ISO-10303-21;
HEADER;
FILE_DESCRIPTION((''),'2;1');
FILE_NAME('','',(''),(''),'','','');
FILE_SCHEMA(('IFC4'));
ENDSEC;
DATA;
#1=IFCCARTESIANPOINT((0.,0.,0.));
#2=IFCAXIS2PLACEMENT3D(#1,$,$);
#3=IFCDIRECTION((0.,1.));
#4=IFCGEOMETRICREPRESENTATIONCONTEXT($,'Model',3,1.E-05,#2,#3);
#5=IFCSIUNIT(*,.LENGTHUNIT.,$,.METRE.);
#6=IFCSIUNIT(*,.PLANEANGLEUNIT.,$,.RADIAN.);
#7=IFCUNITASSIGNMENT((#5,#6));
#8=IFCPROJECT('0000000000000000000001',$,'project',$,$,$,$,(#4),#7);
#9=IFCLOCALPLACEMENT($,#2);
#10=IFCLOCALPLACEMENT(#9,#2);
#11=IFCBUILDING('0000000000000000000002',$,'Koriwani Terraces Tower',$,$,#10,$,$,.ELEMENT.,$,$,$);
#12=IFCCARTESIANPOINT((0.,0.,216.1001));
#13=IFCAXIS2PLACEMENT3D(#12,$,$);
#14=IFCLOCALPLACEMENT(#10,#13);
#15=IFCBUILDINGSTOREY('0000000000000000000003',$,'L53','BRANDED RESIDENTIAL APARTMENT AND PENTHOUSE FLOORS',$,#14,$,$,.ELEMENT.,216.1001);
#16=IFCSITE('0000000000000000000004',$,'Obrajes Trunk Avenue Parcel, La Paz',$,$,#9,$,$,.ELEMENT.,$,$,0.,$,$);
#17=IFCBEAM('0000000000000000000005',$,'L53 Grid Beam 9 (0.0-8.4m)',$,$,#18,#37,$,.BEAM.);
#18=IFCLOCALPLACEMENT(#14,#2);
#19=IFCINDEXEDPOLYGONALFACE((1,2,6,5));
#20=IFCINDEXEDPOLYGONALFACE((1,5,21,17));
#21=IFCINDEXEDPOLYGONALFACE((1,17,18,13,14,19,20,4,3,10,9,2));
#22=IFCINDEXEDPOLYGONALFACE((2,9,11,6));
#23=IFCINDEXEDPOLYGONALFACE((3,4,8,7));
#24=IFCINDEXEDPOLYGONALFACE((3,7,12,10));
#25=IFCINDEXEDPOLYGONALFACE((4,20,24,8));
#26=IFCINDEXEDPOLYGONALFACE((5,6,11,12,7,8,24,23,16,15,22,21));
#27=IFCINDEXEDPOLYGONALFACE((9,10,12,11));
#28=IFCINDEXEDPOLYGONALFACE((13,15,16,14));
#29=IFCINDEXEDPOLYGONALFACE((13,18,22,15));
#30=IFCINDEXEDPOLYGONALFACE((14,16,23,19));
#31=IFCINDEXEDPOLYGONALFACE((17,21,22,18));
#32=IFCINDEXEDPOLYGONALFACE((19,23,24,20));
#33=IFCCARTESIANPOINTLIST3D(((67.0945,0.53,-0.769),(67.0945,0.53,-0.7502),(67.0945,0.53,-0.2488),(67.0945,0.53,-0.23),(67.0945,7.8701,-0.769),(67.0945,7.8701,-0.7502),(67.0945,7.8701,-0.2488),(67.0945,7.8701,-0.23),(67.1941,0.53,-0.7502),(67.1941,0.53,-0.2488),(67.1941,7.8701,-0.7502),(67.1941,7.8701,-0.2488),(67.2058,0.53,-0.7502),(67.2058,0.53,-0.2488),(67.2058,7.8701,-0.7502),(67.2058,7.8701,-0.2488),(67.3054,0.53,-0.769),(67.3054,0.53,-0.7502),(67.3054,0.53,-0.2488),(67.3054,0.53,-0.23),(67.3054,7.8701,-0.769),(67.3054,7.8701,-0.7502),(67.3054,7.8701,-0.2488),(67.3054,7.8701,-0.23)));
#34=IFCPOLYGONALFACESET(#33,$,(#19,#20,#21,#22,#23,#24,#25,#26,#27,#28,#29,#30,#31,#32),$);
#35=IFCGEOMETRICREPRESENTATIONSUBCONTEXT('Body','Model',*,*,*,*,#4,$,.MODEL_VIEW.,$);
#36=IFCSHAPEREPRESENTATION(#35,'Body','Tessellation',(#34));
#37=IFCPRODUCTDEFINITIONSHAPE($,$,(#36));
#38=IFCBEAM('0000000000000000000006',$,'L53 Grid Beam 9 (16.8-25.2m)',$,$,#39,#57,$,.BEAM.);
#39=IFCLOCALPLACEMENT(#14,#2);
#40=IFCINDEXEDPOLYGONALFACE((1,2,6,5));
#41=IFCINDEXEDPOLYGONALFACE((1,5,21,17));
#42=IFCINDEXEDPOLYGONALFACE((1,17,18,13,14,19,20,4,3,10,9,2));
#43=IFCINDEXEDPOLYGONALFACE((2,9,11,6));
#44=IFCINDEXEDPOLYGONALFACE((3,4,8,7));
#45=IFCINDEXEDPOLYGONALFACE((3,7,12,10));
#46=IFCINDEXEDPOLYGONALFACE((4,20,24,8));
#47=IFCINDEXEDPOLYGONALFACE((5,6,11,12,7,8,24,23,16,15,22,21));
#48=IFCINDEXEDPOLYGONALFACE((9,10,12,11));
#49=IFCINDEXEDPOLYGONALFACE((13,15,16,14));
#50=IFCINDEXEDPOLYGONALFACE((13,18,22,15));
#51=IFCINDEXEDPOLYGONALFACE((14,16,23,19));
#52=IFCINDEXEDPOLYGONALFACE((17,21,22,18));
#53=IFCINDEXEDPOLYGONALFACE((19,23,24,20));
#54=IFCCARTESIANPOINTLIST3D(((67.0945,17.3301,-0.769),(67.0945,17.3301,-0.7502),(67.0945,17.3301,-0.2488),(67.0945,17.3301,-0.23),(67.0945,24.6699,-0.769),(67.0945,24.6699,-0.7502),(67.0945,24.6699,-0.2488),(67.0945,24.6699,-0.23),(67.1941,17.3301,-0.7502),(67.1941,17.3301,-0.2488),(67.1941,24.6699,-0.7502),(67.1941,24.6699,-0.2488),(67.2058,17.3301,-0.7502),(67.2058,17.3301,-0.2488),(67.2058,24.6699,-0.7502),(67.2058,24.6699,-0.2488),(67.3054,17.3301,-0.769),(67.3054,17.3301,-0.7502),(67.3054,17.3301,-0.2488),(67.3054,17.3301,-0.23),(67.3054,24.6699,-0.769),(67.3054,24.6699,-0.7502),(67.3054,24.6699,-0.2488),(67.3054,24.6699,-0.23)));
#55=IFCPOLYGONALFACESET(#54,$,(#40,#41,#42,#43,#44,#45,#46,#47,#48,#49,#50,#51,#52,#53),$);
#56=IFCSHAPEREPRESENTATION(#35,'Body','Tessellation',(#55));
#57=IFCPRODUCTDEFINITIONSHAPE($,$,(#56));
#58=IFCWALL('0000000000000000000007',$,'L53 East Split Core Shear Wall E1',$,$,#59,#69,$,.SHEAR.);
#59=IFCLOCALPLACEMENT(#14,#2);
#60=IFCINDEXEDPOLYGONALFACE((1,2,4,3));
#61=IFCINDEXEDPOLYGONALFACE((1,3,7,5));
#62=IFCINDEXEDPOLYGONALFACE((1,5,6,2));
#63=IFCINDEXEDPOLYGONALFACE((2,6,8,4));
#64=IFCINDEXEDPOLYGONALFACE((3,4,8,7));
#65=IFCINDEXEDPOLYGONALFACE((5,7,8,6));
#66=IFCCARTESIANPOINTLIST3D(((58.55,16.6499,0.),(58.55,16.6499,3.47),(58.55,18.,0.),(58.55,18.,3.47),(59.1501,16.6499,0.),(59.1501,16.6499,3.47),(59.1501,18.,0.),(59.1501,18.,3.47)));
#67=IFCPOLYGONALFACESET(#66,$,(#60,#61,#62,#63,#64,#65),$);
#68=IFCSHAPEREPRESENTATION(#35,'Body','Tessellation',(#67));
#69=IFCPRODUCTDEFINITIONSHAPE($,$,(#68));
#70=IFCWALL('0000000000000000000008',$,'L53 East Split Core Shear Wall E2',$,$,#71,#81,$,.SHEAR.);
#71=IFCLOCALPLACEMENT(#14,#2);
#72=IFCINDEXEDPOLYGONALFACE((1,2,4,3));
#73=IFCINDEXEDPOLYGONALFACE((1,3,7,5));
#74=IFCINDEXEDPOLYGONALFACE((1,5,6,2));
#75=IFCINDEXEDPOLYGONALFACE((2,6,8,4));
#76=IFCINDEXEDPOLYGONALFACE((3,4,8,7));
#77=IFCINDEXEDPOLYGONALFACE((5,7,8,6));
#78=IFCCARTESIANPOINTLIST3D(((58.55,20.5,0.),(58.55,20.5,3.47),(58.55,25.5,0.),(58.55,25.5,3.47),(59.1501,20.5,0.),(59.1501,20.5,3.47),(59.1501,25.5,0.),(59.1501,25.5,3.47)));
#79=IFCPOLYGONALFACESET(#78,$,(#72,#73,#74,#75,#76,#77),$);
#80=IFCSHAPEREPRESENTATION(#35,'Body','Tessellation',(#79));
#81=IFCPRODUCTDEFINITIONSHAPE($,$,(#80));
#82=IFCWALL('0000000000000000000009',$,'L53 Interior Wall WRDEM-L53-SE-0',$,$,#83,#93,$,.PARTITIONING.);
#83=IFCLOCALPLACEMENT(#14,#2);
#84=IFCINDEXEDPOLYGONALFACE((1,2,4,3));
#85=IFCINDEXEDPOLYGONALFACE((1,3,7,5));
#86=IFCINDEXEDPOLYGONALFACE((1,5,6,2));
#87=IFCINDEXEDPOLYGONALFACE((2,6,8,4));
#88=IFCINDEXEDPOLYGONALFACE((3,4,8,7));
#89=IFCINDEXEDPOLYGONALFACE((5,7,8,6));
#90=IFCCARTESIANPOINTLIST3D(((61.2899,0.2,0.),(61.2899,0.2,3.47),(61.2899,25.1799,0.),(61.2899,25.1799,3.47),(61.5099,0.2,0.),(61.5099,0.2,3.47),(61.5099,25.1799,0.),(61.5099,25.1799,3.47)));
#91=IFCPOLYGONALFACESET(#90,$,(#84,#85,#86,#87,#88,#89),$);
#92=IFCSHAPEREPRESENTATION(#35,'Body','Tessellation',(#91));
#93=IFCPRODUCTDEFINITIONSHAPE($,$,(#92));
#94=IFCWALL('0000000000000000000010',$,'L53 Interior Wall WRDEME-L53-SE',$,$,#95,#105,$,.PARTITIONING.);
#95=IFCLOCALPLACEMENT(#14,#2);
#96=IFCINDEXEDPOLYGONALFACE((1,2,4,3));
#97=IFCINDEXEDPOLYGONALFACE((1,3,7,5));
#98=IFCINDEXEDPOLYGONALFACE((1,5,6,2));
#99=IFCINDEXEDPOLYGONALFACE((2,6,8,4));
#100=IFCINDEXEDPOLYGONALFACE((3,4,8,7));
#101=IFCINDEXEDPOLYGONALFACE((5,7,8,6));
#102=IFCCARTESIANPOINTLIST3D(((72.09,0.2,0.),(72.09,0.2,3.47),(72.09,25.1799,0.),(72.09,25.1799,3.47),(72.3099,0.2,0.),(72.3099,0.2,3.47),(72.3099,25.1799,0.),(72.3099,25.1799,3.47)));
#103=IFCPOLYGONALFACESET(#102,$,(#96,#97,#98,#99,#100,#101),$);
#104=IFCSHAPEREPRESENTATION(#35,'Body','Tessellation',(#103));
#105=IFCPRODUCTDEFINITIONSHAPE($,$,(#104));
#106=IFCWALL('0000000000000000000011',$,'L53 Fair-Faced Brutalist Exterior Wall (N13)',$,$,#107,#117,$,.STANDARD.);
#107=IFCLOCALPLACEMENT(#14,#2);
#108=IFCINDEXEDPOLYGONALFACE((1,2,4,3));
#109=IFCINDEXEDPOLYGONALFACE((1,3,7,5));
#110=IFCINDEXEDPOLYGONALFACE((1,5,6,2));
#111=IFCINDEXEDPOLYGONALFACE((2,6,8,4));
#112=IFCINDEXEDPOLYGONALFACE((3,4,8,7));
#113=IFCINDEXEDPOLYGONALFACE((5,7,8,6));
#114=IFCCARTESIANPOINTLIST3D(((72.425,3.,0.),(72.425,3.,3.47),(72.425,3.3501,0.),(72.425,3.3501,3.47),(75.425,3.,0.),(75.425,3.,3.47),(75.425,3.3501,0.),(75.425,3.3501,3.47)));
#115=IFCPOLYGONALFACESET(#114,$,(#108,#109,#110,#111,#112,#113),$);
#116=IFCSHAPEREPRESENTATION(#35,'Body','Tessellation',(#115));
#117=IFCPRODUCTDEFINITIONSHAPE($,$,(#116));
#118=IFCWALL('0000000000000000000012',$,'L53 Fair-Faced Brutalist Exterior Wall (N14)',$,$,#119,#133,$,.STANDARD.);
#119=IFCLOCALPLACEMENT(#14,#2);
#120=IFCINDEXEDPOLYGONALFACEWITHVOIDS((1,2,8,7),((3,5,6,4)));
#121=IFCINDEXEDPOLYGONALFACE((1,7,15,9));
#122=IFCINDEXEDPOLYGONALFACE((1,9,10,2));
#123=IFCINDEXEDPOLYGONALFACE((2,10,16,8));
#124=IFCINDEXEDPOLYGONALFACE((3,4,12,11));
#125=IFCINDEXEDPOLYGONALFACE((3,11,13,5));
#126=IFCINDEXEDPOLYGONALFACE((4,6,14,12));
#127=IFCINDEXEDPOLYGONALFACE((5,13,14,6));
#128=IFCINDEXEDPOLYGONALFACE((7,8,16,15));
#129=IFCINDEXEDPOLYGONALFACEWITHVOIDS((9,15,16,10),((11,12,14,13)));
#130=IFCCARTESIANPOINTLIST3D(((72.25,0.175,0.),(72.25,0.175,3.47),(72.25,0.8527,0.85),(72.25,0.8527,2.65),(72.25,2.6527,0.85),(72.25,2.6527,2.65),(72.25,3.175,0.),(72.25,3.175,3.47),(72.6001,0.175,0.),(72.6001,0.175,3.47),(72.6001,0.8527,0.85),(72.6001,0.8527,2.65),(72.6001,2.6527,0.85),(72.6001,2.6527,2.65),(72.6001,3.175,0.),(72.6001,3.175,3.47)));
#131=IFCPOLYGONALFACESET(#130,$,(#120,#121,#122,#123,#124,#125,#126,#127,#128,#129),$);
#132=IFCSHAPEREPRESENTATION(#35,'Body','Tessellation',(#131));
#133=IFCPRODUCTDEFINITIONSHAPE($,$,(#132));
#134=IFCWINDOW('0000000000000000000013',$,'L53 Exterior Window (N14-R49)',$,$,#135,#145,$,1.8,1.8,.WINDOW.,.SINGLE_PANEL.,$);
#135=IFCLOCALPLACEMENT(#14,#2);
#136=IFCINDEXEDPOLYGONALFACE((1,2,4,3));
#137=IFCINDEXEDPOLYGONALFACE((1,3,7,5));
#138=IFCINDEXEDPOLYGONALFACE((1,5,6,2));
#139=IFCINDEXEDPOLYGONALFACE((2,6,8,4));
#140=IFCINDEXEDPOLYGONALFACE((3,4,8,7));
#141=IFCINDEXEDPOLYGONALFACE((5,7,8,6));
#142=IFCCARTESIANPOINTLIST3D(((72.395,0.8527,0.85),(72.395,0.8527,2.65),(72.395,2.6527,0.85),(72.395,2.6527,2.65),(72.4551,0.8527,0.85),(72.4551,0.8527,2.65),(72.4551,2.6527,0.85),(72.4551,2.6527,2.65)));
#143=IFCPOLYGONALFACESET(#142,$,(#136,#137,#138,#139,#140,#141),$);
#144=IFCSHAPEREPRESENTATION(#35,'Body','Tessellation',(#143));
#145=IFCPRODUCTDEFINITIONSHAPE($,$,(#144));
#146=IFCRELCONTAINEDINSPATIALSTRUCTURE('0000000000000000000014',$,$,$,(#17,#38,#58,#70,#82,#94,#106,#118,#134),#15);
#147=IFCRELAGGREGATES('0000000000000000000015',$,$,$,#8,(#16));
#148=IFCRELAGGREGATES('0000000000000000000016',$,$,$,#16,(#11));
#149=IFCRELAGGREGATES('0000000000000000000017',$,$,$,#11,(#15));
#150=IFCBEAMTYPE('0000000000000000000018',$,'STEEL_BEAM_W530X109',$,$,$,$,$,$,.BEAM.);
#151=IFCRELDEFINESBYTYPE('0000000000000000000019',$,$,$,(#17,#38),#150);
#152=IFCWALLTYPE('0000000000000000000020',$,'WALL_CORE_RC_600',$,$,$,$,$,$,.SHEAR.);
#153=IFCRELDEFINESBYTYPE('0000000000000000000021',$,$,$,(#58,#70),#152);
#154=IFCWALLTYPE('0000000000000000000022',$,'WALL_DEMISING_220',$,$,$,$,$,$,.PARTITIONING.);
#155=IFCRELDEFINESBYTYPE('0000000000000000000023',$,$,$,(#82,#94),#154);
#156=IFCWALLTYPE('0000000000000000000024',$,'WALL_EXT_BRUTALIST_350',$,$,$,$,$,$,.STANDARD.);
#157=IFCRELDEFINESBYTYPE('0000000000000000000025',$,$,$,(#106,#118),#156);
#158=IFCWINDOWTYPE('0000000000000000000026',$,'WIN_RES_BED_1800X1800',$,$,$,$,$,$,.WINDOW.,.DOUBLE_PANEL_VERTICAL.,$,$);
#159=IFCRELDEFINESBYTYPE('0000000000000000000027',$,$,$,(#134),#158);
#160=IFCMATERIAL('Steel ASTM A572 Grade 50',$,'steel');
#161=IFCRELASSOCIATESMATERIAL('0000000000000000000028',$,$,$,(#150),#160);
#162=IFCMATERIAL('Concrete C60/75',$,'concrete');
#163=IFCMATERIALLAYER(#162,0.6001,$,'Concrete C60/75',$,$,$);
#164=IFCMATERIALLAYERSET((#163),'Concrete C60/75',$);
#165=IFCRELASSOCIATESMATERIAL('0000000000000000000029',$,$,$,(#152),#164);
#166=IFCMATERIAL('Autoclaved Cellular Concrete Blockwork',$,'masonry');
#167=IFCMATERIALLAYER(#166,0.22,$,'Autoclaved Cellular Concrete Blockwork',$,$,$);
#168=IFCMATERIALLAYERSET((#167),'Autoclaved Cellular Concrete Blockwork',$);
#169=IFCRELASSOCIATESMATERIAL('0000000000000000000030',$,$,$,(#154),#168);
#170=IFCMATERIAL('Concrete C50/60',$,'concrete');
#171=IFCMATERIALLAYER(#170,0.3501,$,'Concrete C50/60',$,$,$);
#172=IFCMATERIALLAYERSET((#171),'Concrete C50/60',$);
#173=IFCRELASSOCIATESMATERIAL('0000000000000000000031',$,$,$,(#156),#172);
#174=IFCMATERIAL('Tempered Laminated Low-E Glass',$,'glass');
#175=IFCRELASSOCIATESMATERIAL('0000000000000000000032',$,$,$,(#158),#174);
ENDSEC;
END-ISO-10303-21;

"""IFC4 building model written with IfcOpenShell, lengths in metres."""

from ifc_helpers import new_model, si_unit, direction, frame, frame_2d, origin, origin_2d, place, context, subcontext, project, spatial, rectangle, i_section, extrude, material, layer, layer_set, material_profile, profile_set, type_object, element, fill, save


model = new_model("IFC4")

# Units and contexts
model_context = context("Model", 3, precision=1e-05, world=origin(), true_north=direction((0.0, 1.0)))
body_context = subcontext(model_context, "Body", "Model", "MODEL_VIEW")
ifc_project = project(units=[si_unit("LENGTHUNIT", "METRE"), si_unit("PLANEANGLEUNIT", "RADIAN")], contexts=[model_context])

# Site, building, storey
site_placement = place(None, origin())
site = spatial("IfcSite", under=ifc_project, at=site_placement, Name="Obrajes Trunk Avenue Parcel, La Paz", CompositionType="ELEMENT", RefElevation=0.0)
building_placement = place(site_placement, origin())
building = spatial("IfcBuilding", under=site, at=building_placement, Name="Koriwani Terraces Tower", CompositionType="ELEMENT")
storey_placement = place(building_placement, frame((0.0, 0.0, 216.1001)))
storey = spatial("IfcBuildingStorey", under=building, at=storey_placement, Name="L53", Description="BRANDED RESIDENTIAL APARTMENT AND PENTHOUSE FLOORS", CompositionType="ELEMENT", Elevation=216.1001)

# Shared definitions
ifc_material_1 = material(Name="Concrete C50/60", Category="concrete")

# Beams
ifc_material_2 = material(Name="Concrete C60/75", Category="concrete")
ifc_material_3 = material(Name="Steel ASTM A572 Grade 50", Category="steel")
ifc_material_profile_1 = material_profile(ifc_material_3, i_section(OverallWidth=0.2109, OverallDepth=0.5391, WebThickness=0.0117, FlangeThickness=0.0188, at=origin_2d()), Name="Steel ASTM A572 Grade 50", Category="LoadBearing")
ifc_profile_set_1 = profile_set([ifc_material_profile_1], Name="Steel ASTM A572 Grade 50")
beam_type_1 = type_object("IfcBeamType", Name="STEEL_BEAM_W530X109", PredefinedType="BEAM", material=ifc_profile_set_1)
beam_1_placement = place(storey_placement, frame((67.2, 0.53, -0.4995), z_axis=(0.0, 1.0, 0.0), x_axis=(-1.0, 0.0, 0.0)))
element("IfcBeam", 1, at=beam_1_placement, inside=storey, type_object=beam_type_1, Name="L53 Grid Beam 9 (0.0-8.4m)", PredefinedType="BEAM", context=body_context, shape_type="SweptSolid", body=[
    extrude(i_section(OverallWidth=0.2109, OverallDepth=0.5391, WebThickness=0.0117, FlangeThickness=0.0188, at=origin_2d()), origin(), (0.0, 0.0, 1.0), 7.3401),
])
beam_2_placement = place(storey_placement, frame((67.2, 17.3301, -0.4995), z_axis=(0.0, 1.0, 0.0), x_axis=(-1.0, 0.0, 0.0)))
element("IfcBeam", 2, at=beam_2_placement, inside=storey, type_object=beam_type_1, Name="L53 Grid Beam 9 (16.8-25.2m)", PredefinedType="BEAM", context=body_context, shape_type="SweptSolid", body=[
    extrude(i_section(OverallWidth=0.2109, OverallDepth=0.5391, WebThickness=0.0117, FlangeThickness=0.0188, at=origin_2d()), origin(), (0.0, 0.0, 1.0), 7.3398),
])

# Walls
ifc_layer_1 = layer(ifc_material_2, 0.6001, Name="Concrete C60/75")
ifc_layer_set_1 = layer_set([ifc_layer_1], Name="Concrete C60/75")
wall_type_1 = type_object("IfcWallType", Name="WALL_CORE_RC_600", PredefinedType="SHEAR", material=ifc_layer_set_1)
wall_1_placement = place(storey_placement, frame((58.8501, 16.6499, 0.0), z_axis=(0.0, 0.0, 1.0), x_axis=(0.0, 1.0, 0.0)))
element("IfcWall", 3, at=wall_1_placement, inside=storey, type_object=wall_type_1, Name="L53 East Split Core Shear Wall E1", PredefinedType="SHEAR", context=body_context, shape_type="SweptSolid", body=[
    extrude(rectangle(XDim=1.3501, YDim=0.6001, at=frame_2d((0.675, 0.0))), origin(), (0.0, 0.0, 1.0), 3.47),
])
wall_2_placement = place(storey_placement, frame((58.8501, 20.5, 0.0), z_axis=(0.0, 0.0, 1.0), x_axis=(0.0, 1.0, 0.0)))
element("IfcWall", 4, at=wall_2_placement, inside=storey, type_object=wall_type_1, Name="L53 East Split Core Shear Wall E2", PredefinedType="SHEAR", context=body_context, shape_type="SweptSolid", body=[
    extrude(rectangle(XDim=5.0, YDim=0.6001, at=frame_2d((2.5, 0.0))), origin(), (0.0, 0.0, 1.0), 3.47),
])
ifc_material_4 = material(Name="Autoclaved Cellular Concrete Blockwork", Category="masonry")
ifc_layer_2 = layer(ifc_material_4, 0.22, Name="Autoclaved Cellular Concrete Blockwork")
ifc_layer_set_2 = layer_set([ifc_layer_2], Name="Autoclaved Cellular Concrete Blockwork")
wall_type_2 = type_object("IfcWallType", Name="WALL_DEMISING_220", PredefinedType="PARTITIONING", material=ifc_layer_set_2)
for number, where, z_axis, x_axis, name in (
    (5, (61.3999, 0.2, 0.0), (0.0, 0.0, 1.0), (0.0, 1.0, 0.0), "L53 Interior Wall WRDEM-L53-SE-0"),
    (6, (72.2, 0.2, 0.0), (0.0, 0.0, 1.0), (0.0, 1.0, 0.0), "L53 Interior Wall WRDEME-L53-SE"),
):
    element("IfcWall", number, at=place(storey_placement, frame(where, z_axis=z_axis, x_axis=x_axis)), inside=storey, type_object=wall_type_2, Name=name, PredefinedType="PARTITIONING", context=body_context, shape_type="SweptSolid", body=[
        extrude(rectangle(XDim=24.98, YDim=0.22, at=frame_2d((12.49, 0.0))), origin(), (0.0, 0.0, 1.0), 3.47),
    ])
ifc_layer_3 = layer(ifc_material_1, 0.3501, Name="Concrete C50/60")
ifc_layer_set_3 = layer_set([ifc_layer_3], Name="Concrete C50/60")
wall_type_3 = type_object("IfcWallType", Name="WALL_EXT_BRUTALIST_350", PredefinedType="STANDARD", material=ifc_layer_set_3)
wall_3_placement = place(storey_placement, frame((75.425, 3.175, 0.0), z_axis=(0.0, 0.0, 1.0), x_axis=(-1.0, 0.0, 0.0)))
element("IfcWall", 7, at=wall_3_placement, inside=storey, type_object=wall_type_3, Name="L53 Fair-Faced Brutalist Exterior Wall (N13)", PredefinedType="STANDARD", context=body_context, shape_type="SweptSolid", body=[
    extrude(rectangle(XDim=3.0, YDim=0.3501, at=frame_2d((1.5, 0.0))), origin(), (0.0, 0.0, 1.0), 3.47),
])

# Wall, opening, window
wall_4_placement = place(storey_placement, frame((72.425, 3.175, 0.0), z_axis=(0.0, 0.0, 1.0), x_axis=(0.0, -1.0, 0.0)))
wall_4 = element("IfcWall", 8, at=wall_4_placement, inside=storey, type_object=wall_type_3, Name="L53 Fair-Faced Brutalist Exterior Wall (N14)", PredefinedType="STANDARD", context=body_context, shape_type="SweptSolid", body=[
    extrude(rectangle(XDim=3.0, YDim=0.3501, at=frame_2d((1.5, 0.0))), origin(), (0.0, 0.0, 1.0), 3.47),
])
opening_1_placement = place(wall_4_placement, frame((0.5225, 0.0, 0.8501)))
opening_1 = element("IfcOpeningElement", 9, at=opening_1_placement, cuts=wall_4, PredefinedType="OPENING", context=body_context, shape_type="SweptSolid", body=[
    extrude(rectangle(XDim=1.8, YDim=1.8, at=frame_2d((0.8999, 0.8999))), frame((0.0, 0.1851, 0.0), z_axis=(0.0, -1.0, 0.0), x_axis=(1.0, 0.0, 0.0)), (0.0, 0.0, 1.0), 0.3701),
])
ifc_material_5 = material(Name="Tempered Laminated Low-E Glass", Category="glass")
window_type_1 = type_object("IfcWindowType", Name="WIN_RES_BED_1800X1800", PartitioningType="DOUBLE_PANEL_VERTICAL", PredefinedType="WINDOW", material=ifc_material_5)
window_1_placement = place(opening_1_placement, origin())
window_1 = element("IfcWindow", 10, at=window_1_placement, inside=storey, type_object=window_type_1, Name="L53 Exterior Window (N14-R49)", OverallHeight=1.8, OverallWidth=1.8, PartitioningType="SINGLE_PANEL", PredefinedType="WINDOW", context=body_context, shape_type="SweptSolid", body=[
    extrude(rectangle(XDim=1.8, YDim=1.8, at=frame_2d((0.8999, 0.8999))), frame((0.0, 0.03, 0.0), z_axis=(0.0, -1.0, 0.0), x_axis=(1.0, 0.0, 0.0)), (0.0, 0.0, 1.0), 0.0601),
])
fill(opening_1, window_1)

save(model, "model.ifc")
